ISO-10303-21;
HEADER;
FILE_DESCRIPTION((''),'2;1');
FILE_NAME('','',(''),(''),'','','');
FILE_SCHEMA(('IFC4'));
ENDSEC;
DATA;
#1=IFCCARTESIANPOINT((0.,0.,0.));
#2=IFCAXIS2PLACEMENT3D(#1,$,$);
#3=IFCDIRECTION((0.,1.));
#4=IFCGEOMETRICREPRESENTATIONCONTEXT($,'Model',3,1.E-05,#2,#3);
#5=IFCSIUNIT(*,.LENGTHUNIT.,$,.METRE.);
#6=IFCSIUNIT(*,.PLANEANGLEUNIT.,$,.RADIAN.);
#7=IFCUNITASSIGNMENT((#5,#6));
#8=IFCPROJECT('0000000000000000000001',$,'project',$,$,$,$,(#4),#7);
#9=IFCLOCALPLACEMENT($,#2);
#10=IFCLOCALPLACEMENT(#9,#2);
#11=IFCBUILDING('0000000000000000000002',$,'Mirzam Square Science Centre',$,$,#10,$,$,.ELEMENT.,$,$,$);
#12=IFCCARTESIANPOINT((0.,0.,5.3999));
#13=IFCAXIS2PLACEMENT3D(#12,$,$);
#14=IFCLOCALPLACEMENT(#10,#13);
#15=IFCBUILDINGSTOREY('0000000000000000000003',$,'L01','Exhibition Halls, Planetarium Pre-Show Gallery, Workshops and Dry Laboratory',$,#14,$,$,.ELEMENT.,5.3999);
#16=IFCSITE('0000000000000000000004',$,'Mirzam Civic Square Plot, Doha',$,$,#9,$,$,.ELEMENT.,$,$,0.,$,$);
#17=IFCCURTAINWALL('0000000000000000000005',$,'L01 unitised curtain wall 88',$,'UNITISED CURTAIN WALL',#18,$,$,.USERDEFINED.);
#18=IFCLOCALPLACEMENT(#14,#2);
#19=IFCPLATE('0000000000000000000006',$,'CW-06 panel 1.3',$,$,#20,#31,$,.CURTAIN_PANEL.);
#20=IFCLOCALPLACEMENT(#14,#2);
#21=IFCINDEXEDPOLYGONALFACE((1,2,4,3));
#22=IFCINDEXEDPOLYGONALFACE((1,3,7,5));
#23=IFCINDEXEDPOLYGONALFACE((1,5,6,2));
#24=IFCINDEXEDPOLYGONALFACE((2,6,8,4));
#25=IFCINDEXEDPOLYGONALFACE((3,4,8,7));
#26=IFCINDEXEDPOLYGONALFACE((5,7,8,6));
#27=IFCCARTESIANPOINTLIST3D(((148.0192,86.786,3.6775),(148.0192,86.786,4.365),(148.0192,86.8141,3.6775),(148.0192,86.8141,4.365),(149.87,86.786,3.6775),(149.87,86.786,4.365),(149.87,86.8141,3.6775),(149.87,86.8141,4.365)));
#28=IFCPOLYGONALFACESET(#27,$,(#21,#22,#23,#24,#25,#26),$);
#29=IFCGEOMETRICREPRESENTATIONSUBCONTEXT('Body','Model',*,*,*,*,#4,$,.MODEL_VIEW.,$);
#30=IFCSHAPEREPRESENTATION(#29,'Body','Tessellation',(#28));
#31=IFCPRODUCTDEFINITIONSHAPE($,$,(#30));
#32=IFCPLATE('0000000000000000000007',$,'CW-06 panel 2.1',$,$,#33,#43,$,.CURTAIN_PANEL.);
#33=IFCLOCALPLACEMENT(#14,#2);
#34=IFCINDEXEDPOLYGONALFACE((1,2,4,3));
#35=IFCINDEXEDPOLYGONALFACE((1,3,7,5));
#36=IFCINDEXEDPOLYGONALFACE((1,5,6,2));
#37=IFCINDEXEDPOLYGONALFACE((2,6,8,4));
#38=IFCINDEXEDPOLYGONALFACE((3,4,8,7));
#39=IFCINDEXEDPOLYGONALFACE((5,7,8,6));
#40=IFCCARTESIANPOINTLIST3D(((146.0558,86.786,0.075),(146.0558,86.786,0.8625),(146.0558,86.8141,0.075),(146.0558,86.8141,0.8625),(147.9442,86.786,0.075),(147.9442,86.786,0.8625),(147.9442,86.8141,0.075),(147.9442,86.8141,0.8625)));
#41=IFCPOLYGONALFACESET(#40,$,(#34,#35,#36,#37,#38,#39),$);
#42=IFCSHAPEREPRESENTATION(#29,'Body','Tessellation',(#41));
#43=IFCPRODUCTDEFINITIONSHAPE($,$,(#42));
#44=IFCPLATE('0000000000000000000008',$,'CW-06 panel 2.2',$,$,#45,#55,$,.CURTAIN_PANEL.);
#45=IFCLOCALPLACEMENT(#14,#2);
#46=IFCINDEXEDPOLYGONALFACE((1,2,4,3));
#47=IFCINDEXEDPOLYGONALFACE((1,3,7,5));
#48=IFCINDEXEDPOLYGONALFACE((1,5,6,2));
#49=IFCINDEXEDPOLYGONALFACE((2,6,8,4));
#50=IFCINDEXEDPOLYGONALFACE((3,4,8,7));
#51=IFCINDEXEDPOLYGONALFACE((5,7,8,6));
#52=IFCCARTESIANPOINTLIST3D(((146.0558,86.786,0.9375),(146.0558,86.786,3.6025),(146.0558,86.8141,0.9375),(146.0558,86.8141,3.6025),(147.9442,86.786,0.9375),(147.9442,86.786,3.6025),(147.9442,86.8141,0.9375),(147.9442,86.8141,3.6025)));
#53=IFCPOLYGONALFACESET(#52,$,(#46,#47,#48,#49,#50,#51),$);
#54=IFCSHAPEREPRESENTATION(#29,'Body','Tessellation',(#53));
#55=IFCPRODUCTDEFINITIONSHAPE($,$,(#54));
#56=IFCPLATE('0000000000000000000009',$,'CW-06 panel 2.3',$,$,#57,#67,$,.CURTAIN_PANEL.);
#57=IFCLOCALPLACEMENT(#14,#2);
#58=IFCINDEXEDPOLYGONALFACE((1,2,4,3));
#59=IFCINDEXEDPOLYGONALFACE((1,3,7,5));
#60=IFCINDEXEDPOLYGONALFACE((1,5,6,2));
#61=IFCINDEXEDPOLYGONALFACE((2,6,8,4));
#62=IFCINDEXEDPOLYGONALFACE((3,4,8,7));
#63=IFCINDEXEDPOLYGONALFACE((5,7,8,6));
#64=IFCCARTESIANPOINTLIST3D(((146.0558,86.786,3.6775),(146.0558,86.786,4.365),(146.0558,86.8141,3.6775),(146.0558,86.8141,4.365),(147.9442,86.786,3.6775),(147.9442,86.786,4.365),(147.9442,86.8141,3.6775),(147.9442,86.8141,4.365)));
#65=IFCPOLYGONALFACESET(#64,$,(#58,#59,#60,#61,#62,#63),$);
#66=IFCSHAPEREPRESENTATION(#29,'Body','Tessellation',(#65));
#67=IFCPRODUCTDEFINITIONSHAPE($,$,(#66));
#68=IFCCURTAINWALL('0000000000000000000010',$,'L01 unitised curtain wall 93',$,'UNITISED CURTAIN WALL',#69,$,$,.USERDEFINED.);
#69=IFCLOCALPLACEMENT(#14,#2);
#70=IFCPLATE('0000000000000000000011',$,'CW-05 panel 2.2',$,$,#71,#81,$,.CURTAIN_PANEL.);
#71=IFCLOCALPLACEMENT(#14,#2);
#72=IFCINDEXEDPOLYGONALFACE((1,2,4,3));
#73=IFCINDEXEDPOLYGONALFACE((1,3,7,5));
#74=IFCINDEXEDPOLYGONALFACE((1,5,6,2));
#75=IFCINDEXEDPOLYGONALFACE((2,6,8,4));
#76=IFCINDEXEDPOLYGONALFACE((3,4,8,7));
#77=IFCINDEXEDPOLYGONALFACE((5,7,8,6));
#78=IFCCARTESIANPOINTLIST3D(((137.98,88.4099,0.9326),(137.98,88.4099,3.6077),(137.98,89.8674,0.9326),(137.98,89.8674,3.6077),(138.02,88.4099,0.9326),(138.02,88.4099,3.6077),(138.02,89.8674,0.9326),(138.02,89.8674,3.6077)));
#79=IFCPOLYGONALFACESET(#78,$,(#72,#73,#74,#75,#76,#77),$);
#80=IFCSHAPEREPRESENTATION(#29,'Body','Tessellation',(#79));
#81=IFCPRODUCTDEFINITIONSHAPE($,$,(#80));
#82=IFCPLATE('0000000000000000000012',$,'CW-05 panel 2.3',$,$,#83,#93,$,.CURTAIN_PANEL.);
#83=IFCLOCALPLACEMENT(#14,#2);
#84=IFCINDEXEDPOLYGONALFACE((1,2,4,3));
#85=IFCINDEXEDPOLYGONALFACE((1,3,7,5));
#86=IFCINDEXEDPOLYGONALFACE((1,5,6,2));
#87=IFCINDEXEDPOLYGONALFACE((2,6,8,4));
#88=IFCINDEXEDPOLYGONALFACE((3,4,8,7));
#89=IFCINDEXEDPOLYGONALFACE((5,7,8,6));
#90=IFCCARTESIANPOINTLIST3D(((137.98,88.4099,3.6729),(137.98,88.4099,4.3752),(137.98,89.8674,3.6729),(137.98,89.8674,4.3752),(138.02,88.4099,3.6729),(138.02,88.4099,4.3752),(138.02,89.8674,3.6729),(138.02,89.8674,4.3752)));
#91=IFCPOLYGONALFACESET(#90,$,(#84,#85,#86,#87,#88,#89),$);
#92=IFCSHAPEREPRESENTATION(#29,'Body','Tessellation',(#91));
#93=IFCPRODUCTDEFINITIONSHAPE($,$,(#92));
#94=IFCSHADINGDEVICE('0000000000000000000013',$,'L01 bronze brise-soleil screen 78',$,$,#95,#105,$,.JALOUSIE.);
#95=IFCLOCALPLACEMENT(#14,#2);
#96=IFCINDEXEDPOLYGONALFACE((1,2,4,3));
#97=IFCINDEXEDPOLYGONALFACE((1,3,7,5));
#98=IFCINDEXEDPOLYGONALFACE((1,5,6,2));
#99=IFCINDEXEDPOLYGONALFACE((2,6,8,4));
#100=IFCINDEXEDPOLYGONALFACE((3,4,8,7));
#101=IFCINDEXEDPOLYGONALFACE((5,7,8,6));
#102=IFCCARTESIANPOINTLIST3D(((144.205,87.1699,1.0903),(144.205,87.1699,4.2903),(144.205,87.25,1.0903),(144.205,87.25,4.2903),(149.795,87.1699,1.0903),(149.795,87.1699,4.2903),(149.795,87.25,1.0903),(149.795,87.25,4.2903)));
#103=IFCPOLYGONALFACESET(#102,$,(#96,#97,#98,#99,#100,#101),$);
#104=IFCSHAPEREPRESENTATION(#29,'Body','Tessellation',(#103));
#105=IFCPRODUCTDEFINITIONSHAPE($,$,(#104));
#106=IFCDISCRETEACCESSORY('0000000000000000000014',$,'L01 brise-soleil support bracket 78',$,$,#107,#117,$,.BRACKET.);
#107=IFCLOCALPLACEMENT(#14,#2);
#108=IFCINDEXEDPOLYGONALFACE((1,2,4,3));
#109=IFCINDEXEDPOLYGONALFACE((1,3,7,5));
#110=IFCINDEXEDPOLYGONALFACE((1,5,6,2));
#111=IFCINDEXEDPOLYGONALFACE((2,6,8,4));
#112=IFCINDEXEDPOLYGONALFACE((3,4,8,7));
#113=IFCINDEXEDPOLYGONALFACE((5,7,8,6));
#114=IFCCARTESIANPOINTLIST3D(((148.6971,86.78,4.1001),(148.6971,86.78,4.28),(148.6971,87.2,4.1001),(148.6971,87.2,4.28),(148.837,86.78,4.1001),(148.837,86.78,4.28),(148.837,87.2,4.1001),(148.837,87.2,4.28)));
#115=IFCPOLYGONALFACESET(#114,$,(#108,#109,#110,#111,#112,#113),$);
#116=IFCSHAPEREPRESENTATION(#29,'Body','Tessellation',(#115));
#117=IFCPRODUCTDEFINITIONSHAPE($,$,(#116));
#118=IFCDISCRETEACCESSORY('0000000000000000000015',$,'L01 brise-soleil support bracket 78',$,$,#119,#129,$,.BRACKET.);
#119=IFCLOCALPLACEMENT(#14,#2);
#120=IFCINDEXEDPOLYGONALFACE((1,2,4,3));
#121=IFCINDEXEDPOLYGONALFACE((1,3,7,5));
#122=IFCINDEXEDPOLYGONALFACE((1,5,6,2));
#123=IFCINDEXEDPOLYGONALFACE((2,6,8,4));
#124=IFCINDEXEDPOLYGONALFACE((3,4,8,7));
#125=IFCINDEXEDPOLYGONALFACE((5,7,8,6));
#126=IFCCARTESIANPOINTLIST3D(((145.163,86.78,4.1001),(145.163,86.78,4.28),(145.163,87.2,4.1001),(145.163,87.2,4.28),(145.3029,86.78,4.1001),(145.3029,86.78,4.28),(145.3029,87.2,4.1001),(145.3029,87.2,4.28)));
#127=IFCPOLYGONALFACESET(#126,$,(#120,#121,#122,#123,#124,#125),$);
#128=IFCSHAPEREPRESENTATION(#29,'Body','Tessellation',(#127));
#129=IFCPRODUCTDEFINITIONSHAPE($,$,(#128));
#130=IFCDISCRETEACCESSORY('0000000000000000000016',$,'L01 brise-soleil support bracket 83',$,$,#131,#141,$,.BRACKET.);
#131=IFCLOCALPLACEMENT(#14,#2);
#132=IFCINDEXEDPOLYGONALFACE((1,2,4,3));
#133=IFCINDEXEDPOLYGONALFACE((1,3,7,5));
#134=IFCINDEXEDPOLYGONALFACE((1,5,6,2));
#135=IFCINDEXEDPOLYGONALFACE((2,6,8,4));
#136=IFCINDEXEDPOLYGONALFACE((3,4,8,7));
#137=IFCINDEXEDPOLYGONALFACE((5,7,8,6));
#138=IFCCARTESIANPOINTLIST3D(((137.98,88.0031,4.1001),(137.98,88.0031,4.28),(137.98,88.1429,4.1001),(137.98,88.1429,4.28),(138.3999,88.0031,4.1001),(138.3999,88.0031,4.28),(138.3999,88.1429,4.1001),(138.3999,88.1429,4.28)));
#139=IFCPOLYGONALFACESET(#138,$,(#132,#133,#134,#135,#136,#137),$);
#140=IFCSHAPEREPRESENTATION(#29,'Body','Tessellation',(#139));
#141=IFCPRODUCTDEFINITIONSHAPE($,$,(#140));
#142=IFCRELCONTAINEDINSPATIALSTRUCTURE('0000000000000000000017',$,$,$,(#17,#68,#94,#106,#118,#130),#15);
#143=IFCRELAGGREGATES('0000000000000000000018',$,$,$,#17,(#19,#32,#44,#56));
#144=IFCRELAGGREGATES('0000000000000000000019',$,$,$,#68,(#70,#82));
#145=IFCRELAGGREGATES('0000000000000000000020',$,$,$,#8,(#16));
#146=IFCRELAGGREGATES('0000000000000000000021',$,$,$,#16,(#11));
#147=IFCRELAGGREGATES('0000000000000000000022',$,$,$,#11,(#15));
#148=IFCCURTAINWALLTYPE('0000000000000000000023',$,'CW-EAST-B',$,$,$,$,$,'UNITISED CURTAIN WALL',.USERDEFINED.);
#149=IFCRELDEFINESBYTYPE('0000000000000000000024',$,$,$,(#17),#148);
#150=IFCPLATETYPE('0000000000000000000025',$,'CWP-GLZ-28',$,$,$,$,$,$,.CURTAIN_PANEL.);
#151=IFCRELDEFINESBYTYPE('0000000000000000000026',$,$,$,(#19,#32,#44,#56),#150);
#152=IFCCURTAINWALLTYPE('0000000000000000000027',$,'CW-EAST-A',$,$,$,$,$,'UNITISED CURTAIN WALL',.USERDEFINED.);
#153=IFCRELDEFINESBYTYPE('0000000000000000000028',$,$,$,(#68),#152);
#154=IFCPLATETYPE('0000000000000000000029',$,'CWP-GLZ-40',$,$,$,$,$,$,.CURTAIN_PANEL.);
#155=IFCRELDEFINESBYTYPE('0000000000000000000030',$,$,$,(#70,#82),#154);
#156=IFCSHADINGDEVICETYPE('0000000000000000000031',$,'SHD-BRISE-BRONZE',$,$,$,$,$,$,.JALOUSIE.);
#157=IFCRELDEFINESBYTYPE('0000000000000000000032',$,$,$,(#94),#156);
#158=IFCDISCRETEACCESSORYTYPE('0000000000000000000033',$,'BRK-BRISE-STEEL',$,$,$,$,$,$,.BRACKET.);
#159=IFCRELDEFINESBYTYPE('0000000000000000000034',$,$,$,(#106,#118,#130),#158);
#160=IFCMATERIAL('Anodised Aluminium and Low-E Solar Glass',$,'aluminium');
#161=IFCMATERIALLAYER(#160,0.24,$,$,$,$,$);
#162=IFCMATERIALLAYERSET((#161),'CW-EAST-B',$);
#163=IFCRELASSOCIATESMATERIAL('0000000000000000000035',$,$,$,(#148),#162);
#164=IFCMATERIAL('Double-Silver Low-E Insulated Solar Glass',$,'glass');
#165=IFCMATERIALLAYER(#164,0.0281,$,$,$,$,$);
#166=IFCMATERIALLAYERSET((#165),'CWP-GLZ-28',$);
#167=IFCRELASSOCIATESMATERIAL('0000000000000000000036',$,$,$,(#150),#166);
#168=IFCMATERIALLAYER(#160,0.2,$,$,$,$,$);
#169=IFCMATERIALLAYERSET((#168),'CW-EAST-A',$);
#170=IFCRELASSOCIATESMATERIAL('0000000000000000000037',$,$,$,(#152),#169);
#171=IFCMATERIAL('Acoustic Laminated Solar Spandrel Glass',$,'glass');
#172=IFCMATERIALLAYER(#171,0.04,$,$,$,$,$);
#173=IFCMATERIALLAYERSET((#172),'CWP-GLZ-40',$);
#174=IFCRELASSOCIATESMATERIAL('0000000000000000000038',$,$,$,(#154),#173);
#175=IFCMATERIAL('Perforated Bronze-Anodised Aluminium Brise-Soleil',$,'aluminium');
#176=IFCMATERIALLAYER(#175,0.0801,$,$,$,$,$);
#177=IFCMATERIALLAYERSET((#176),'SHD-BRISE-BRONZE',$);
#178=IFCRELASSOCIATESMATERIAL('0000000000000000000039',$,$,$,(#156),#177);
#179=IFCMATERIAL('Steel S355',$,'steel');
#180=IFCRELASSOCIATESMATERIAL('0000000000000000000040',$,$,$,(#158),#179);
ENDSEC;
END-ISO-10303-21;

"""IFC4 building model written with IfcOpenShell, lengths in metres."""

from ifc_helpers import new_model, si_unit, direction, frame, origin, origin_2d, place, context, subcontext, project, spatial, rectangle, extrude, material, layer, layer_set, type_object, element, aggregate, save


model = new_model("IFC4")

# Units and contexts
model_context = context("Model", 3, precision=1e-05, world=origin(), true_north=direction((0.0, 1.0)))
body_context = subcontext(model_context, "Body", "Model", "MODEL_VIEW")
ifc_project = project(units=[si_unit("LENGTHUNIT", "METRE"), si_unit("PLANEANGLEUNIT", "RADIAN")], contexts=[model_context])

# Site, building, storey
site_placement = place(None, origin())
site = spatial("IfcSite", under=ifc_project, at=site_placement, Name="Mirzam Civic Square Plot, Doha", CompositionType="ELEMENT", RefElevation=0.0)
building_placement = place(site_placement, origin())
building = spatial("IfcBuilding", under=site, at=building_placement, Name="Mirzam Square Science Centre", CompositionType="ELEMENT")
storey_placement = place(building_placement, frame((0.0, 0.0, 5.3999)))
storey = spatial("IfcBuildingStorey", under=building, at=storey_placement, Name="L01", Description="Exhibition Halls, Planetarium Pre-Show Gallery, Workshops and Dry Laboratory", CompositionType="ELEMENT", Elevation=5.3999)

# Curtain wall, plates
ifc_material_1 = material(Name="Anodised Aluminium and Low-E Solar Glass", Category="aluminium")
ifc_layer_1 = layer(ifc_material_1, 0.24)
ifc_layer_set_1 = layer_set([ifc_layer_1], Name="CW-EAST-B")
curtain_wall_type_1 = type_object("IfcCurtainWallType", Name="CW-EAST-B", ElementType="UNITISED CURTAIN WALL", PredefinedType="USERDEFINED", material=ifc_layer_set_1)
curtain_wall_1_placement = place(storey_placement, origin())
curtain_wall_1 = element("IfcCurtainWall", 1, at=curtain_wall_1_placement, inside=storey, type_object=curtain_wall_type_1, Name="L01 unitised curtain wall 88", ObjectType="UNITISED CURTAIN WALL", PredefinedType="USERDEFINED")
ifc_material_2 = material(Name="Double-Silver Low-E Insulated Solar Glass", Category="glass")
ifc_layer_2 = layer(ifc_material_2, 0.0281)
ifc_layer_set_2 = layer_set([ifc_layer_2], Name="CWP-GLZ-28")
plate_type_1 = type_object("IfcPlateType", Name="CWP-GLZ-28", PredefinedType="CURTAIN_PANEL", material=ifc_layer_set_2)
plate_1_placement = place(storey_placement, frame((148.9446, 86.8, 3.6775), z_axis=(0.0, 0.0, 1.0), x_axis=(-1.0, 0.0, 0.0)))
plate_1 = element("IfcPlate", 2, at=plate_1_placement, type_object=plate_type_1, Name="CW-06 panel 1.3", PredefinedType="CURTAIN_PANEL", context=body_context, shape_type="SweptSolid", body=[
    extrude(rectangle(XDim=1.8508, YDim=0.0281, at=origin_2d()), origin(), (0.0, 0.0, 1.0), 0.6875),
])
plate_2_placement = place(storey_placement, frame((147.0, 86.8, 0.075), z_axis=(0.0, 0.0, 1.0), x_axis=(-1.0, 0.0, 0.0)))
plate_2 = element("IfcPlate", 3, at=plate_2_placement, type_object=plate_type_1, Name="CW-06 panel 2.1", PredefinedType="CURTAIN_PANEL", context=body_context, shape_type="SweptSolid", body=[
    extrude(rectangle(XDim=1.8884, YDim=0.0281, at=origin_2d()), origin(), (0.0, 0.0, 1.0), 0.7876),
])
plate_3_placement = place(storey_placement, frame((147.0, 86.8, 0.9375), z_axis=(0.0, 0.0, 1.0), x_axis=(-1.0, 0.0, 0.0)))
plate_3 = element("IfcPlate", 4, at=plate_3_placement, type_object=plate_type_1, Name="CW-06 panel 2.2", PredefinedType="CURTAIN_PANEL", context=body_context, shape_type="SweptSolid", body=[
    extrude(rectangle(XDim=1.8884, YDim=0.0281, at=origin_2d()), origin(), (0.0, 0.0, 1.0), 2.665),
])
plate_4_placement = place(storey_placement, frame((147.0, 86.8, 3.6775), z_axis=(0.0, 0.0, 1.0), x_axis=(-1.0, 0.0, 0.0)))
plate_4 = element("IfcPlate", 5, at=plate_4_placement, type_object=plate_type_1, Name="CW-06 panel 2.3", PredefinedType="CURTAIN_PANEL", context=body_context, shape_type="SweptSolid", body=[
    extrude(rectangle(XDim=1.8884, YDim=0.0281, at=origin_2d()), origin(), (0.0, 0.0, 1.0), 0.6875),
])
aggregate(curtain_wall_1, [plate_1, plate_2, plate_3, plate_4])

# Curtain wall, plates
ifc_layer_3 = layer(ifc_material_1, 0.2)
ifc_layer_set_3 = layer_set([ifc_layer_3], Name="CW-EAST-A")
curtain_wall_type_2 = type_object("IfcCurtainWallType", Name="CW-EAST-A", ElementType="UNITISED CURTAIN WALL", PredefinedType="USERDEFINED", material=ifc_layer_set_3)
curtain_wall_2_placement = place(storey_placement, origin())
curtain_wall_2 = element("IfcCurtainWall", 6, at=curtain_wall_2_placement, inside=storey, type_object=curtain_wall_type_2, Name="L01 unitised curtain wall 93", ObjectType="UNITISED CURTAIN WALL", PredefinedType="USERDEFINED")
ifc_material_3 = material(Name="Acoustic Laminated Solar Spandrel Glass", Category="glass")
ifc_layer_4 = layer(ifc_material_3, 0.04)
ifc_layer_set_4 = layer_set([ifc_layer_4], Name="CWP-GLZ-40")
plate_type_2 = type_object("IfcPlateType", Name="CWP-GLZ-40", PredefinedType="CURTAIN_PANEL", material=ifc_layer_set_4)
plate_5_placement = place(storey_placement, frame((138.0, 89.1387, 0.9326), z_axis=(0.0, 0.0, 1.0), x_axis=(0.0, 1.0, 0.0)))
plate_5 = element("IfcPlate", 7, at=plate_5_placement, type_object=plate_type_2, Name="CW-05 panel 2.2", PredefinedType="CURTAIN_PANEL", context=body_context, shape_type="SweptSolid", body=[
    extrude(rectangle(XDim=1.4575, YDim=0.04, at=origin_2d()), origin(), (0.0, 0.0, 1.0), 2.675),
])
plate_6_placement = place(storey_placement, frame((138.0, 89.1387, 3.6729), z_axis=(0.0, 0.0, 1.0), x_axis=(0.0, 1.0, 0.0)))
plate_6 = element("IfcPlate", 8, at=plate_6_placement, type_object=plate_type_2, Name="CW-05 panel 2.3", PredefinedType="CURTAIN_PANEL", context=body_context, shape_type="SweptSolid", body=[
    extrude(rectangle(XDim=1.4575, YDim=0.04, at=origin_2d()), origin(), (0.0, 0.0, 1.0), 0.7024),
])
aggregate(curtain_wall_2, [plate_5, plate_6])

# Shading device
ifc_material_4 = material(Name="Perforated Bronze-Anodised Aluminium Brise-Soleil", Category="aluminium")
ifc_layer_5 = layer(ifc_material_4, 0.0801)
ifc_layer_set_5 = layer_set([ifc_layer_5], Name="SHD-BRISE-BRONZE")
shading_device_type = type_object("IfcShadingDeviceType", Name="SHD-BRISE-BRONZE", PredefinedType="JALOUSIE", material=ifc_layer_set_5)
shading_device_placement = place(storey_placement, frame((147.0, 87.21, 1.0903), z_axis=(0.0, 0.0, 1.0), x_axis=(-1.0, 0.0, 0.0)))
element("IfcShadingDevice", 9, at=shading_device_placement, inside=storey, type_object=shading_device_type, Name="L01 bronze brise-soleil screen 78", PredefinedType="JALOUSIE", context=body_context, shape_type="SweptSolid", body=[
    extrude(rectangle(XDim=5.5901, YDim=0.0801, at=origin_2d()), origin(), (0.0, 0.0, 1.0), 3.2),
])

# Discrete accessories
ifc_material_5 = material(Name="Steel S355", Category="steel")
discrete_accessory_type = type_object("IfcDiscreteAccessoryType", Name="BRK-BRISE-STEEL", PredefinedType="BRACKET", material=ifc_material_5)
for number, where, z_axis, x_axis, name in (
    (10, (148.7671, 86.99, 4.1001), (0.0, 0.0, 1.0), (-1.0, 0.0, 0.0), "L01 brise-soleil support bracket 78"),
    (11, (145.2329, 86.99, 4.1001), (0.0, 0.0, 1.0), (-1.0, 0.0, 0.0), "L01 brise-soleil support bracket 78"),
    (12, (138.1899, 88.073, 4.1001), (0.0, 0.0, 1.0), (0.0, 1.0, 0.0), "L01 brise-soleil support bracket 83"),
):
    element("IfcDiscreteAccessory", number, at=place(storey_placement, frame(where, z_axis=z_axis, x_axis=x_axis)), inside=storey, type_object=discrete_accessory_type, Name=name, PredefinedType="BRACKET", context=body_context, shape_type="SweptSolid", body=[
        extrude(rectangle(XDim=0.1399, YDim=0.4199, at=origin_2d()), origin(), (0.0, 0.0, 1.0), 0.1799),
    ])

save(model, "model.ifc")
